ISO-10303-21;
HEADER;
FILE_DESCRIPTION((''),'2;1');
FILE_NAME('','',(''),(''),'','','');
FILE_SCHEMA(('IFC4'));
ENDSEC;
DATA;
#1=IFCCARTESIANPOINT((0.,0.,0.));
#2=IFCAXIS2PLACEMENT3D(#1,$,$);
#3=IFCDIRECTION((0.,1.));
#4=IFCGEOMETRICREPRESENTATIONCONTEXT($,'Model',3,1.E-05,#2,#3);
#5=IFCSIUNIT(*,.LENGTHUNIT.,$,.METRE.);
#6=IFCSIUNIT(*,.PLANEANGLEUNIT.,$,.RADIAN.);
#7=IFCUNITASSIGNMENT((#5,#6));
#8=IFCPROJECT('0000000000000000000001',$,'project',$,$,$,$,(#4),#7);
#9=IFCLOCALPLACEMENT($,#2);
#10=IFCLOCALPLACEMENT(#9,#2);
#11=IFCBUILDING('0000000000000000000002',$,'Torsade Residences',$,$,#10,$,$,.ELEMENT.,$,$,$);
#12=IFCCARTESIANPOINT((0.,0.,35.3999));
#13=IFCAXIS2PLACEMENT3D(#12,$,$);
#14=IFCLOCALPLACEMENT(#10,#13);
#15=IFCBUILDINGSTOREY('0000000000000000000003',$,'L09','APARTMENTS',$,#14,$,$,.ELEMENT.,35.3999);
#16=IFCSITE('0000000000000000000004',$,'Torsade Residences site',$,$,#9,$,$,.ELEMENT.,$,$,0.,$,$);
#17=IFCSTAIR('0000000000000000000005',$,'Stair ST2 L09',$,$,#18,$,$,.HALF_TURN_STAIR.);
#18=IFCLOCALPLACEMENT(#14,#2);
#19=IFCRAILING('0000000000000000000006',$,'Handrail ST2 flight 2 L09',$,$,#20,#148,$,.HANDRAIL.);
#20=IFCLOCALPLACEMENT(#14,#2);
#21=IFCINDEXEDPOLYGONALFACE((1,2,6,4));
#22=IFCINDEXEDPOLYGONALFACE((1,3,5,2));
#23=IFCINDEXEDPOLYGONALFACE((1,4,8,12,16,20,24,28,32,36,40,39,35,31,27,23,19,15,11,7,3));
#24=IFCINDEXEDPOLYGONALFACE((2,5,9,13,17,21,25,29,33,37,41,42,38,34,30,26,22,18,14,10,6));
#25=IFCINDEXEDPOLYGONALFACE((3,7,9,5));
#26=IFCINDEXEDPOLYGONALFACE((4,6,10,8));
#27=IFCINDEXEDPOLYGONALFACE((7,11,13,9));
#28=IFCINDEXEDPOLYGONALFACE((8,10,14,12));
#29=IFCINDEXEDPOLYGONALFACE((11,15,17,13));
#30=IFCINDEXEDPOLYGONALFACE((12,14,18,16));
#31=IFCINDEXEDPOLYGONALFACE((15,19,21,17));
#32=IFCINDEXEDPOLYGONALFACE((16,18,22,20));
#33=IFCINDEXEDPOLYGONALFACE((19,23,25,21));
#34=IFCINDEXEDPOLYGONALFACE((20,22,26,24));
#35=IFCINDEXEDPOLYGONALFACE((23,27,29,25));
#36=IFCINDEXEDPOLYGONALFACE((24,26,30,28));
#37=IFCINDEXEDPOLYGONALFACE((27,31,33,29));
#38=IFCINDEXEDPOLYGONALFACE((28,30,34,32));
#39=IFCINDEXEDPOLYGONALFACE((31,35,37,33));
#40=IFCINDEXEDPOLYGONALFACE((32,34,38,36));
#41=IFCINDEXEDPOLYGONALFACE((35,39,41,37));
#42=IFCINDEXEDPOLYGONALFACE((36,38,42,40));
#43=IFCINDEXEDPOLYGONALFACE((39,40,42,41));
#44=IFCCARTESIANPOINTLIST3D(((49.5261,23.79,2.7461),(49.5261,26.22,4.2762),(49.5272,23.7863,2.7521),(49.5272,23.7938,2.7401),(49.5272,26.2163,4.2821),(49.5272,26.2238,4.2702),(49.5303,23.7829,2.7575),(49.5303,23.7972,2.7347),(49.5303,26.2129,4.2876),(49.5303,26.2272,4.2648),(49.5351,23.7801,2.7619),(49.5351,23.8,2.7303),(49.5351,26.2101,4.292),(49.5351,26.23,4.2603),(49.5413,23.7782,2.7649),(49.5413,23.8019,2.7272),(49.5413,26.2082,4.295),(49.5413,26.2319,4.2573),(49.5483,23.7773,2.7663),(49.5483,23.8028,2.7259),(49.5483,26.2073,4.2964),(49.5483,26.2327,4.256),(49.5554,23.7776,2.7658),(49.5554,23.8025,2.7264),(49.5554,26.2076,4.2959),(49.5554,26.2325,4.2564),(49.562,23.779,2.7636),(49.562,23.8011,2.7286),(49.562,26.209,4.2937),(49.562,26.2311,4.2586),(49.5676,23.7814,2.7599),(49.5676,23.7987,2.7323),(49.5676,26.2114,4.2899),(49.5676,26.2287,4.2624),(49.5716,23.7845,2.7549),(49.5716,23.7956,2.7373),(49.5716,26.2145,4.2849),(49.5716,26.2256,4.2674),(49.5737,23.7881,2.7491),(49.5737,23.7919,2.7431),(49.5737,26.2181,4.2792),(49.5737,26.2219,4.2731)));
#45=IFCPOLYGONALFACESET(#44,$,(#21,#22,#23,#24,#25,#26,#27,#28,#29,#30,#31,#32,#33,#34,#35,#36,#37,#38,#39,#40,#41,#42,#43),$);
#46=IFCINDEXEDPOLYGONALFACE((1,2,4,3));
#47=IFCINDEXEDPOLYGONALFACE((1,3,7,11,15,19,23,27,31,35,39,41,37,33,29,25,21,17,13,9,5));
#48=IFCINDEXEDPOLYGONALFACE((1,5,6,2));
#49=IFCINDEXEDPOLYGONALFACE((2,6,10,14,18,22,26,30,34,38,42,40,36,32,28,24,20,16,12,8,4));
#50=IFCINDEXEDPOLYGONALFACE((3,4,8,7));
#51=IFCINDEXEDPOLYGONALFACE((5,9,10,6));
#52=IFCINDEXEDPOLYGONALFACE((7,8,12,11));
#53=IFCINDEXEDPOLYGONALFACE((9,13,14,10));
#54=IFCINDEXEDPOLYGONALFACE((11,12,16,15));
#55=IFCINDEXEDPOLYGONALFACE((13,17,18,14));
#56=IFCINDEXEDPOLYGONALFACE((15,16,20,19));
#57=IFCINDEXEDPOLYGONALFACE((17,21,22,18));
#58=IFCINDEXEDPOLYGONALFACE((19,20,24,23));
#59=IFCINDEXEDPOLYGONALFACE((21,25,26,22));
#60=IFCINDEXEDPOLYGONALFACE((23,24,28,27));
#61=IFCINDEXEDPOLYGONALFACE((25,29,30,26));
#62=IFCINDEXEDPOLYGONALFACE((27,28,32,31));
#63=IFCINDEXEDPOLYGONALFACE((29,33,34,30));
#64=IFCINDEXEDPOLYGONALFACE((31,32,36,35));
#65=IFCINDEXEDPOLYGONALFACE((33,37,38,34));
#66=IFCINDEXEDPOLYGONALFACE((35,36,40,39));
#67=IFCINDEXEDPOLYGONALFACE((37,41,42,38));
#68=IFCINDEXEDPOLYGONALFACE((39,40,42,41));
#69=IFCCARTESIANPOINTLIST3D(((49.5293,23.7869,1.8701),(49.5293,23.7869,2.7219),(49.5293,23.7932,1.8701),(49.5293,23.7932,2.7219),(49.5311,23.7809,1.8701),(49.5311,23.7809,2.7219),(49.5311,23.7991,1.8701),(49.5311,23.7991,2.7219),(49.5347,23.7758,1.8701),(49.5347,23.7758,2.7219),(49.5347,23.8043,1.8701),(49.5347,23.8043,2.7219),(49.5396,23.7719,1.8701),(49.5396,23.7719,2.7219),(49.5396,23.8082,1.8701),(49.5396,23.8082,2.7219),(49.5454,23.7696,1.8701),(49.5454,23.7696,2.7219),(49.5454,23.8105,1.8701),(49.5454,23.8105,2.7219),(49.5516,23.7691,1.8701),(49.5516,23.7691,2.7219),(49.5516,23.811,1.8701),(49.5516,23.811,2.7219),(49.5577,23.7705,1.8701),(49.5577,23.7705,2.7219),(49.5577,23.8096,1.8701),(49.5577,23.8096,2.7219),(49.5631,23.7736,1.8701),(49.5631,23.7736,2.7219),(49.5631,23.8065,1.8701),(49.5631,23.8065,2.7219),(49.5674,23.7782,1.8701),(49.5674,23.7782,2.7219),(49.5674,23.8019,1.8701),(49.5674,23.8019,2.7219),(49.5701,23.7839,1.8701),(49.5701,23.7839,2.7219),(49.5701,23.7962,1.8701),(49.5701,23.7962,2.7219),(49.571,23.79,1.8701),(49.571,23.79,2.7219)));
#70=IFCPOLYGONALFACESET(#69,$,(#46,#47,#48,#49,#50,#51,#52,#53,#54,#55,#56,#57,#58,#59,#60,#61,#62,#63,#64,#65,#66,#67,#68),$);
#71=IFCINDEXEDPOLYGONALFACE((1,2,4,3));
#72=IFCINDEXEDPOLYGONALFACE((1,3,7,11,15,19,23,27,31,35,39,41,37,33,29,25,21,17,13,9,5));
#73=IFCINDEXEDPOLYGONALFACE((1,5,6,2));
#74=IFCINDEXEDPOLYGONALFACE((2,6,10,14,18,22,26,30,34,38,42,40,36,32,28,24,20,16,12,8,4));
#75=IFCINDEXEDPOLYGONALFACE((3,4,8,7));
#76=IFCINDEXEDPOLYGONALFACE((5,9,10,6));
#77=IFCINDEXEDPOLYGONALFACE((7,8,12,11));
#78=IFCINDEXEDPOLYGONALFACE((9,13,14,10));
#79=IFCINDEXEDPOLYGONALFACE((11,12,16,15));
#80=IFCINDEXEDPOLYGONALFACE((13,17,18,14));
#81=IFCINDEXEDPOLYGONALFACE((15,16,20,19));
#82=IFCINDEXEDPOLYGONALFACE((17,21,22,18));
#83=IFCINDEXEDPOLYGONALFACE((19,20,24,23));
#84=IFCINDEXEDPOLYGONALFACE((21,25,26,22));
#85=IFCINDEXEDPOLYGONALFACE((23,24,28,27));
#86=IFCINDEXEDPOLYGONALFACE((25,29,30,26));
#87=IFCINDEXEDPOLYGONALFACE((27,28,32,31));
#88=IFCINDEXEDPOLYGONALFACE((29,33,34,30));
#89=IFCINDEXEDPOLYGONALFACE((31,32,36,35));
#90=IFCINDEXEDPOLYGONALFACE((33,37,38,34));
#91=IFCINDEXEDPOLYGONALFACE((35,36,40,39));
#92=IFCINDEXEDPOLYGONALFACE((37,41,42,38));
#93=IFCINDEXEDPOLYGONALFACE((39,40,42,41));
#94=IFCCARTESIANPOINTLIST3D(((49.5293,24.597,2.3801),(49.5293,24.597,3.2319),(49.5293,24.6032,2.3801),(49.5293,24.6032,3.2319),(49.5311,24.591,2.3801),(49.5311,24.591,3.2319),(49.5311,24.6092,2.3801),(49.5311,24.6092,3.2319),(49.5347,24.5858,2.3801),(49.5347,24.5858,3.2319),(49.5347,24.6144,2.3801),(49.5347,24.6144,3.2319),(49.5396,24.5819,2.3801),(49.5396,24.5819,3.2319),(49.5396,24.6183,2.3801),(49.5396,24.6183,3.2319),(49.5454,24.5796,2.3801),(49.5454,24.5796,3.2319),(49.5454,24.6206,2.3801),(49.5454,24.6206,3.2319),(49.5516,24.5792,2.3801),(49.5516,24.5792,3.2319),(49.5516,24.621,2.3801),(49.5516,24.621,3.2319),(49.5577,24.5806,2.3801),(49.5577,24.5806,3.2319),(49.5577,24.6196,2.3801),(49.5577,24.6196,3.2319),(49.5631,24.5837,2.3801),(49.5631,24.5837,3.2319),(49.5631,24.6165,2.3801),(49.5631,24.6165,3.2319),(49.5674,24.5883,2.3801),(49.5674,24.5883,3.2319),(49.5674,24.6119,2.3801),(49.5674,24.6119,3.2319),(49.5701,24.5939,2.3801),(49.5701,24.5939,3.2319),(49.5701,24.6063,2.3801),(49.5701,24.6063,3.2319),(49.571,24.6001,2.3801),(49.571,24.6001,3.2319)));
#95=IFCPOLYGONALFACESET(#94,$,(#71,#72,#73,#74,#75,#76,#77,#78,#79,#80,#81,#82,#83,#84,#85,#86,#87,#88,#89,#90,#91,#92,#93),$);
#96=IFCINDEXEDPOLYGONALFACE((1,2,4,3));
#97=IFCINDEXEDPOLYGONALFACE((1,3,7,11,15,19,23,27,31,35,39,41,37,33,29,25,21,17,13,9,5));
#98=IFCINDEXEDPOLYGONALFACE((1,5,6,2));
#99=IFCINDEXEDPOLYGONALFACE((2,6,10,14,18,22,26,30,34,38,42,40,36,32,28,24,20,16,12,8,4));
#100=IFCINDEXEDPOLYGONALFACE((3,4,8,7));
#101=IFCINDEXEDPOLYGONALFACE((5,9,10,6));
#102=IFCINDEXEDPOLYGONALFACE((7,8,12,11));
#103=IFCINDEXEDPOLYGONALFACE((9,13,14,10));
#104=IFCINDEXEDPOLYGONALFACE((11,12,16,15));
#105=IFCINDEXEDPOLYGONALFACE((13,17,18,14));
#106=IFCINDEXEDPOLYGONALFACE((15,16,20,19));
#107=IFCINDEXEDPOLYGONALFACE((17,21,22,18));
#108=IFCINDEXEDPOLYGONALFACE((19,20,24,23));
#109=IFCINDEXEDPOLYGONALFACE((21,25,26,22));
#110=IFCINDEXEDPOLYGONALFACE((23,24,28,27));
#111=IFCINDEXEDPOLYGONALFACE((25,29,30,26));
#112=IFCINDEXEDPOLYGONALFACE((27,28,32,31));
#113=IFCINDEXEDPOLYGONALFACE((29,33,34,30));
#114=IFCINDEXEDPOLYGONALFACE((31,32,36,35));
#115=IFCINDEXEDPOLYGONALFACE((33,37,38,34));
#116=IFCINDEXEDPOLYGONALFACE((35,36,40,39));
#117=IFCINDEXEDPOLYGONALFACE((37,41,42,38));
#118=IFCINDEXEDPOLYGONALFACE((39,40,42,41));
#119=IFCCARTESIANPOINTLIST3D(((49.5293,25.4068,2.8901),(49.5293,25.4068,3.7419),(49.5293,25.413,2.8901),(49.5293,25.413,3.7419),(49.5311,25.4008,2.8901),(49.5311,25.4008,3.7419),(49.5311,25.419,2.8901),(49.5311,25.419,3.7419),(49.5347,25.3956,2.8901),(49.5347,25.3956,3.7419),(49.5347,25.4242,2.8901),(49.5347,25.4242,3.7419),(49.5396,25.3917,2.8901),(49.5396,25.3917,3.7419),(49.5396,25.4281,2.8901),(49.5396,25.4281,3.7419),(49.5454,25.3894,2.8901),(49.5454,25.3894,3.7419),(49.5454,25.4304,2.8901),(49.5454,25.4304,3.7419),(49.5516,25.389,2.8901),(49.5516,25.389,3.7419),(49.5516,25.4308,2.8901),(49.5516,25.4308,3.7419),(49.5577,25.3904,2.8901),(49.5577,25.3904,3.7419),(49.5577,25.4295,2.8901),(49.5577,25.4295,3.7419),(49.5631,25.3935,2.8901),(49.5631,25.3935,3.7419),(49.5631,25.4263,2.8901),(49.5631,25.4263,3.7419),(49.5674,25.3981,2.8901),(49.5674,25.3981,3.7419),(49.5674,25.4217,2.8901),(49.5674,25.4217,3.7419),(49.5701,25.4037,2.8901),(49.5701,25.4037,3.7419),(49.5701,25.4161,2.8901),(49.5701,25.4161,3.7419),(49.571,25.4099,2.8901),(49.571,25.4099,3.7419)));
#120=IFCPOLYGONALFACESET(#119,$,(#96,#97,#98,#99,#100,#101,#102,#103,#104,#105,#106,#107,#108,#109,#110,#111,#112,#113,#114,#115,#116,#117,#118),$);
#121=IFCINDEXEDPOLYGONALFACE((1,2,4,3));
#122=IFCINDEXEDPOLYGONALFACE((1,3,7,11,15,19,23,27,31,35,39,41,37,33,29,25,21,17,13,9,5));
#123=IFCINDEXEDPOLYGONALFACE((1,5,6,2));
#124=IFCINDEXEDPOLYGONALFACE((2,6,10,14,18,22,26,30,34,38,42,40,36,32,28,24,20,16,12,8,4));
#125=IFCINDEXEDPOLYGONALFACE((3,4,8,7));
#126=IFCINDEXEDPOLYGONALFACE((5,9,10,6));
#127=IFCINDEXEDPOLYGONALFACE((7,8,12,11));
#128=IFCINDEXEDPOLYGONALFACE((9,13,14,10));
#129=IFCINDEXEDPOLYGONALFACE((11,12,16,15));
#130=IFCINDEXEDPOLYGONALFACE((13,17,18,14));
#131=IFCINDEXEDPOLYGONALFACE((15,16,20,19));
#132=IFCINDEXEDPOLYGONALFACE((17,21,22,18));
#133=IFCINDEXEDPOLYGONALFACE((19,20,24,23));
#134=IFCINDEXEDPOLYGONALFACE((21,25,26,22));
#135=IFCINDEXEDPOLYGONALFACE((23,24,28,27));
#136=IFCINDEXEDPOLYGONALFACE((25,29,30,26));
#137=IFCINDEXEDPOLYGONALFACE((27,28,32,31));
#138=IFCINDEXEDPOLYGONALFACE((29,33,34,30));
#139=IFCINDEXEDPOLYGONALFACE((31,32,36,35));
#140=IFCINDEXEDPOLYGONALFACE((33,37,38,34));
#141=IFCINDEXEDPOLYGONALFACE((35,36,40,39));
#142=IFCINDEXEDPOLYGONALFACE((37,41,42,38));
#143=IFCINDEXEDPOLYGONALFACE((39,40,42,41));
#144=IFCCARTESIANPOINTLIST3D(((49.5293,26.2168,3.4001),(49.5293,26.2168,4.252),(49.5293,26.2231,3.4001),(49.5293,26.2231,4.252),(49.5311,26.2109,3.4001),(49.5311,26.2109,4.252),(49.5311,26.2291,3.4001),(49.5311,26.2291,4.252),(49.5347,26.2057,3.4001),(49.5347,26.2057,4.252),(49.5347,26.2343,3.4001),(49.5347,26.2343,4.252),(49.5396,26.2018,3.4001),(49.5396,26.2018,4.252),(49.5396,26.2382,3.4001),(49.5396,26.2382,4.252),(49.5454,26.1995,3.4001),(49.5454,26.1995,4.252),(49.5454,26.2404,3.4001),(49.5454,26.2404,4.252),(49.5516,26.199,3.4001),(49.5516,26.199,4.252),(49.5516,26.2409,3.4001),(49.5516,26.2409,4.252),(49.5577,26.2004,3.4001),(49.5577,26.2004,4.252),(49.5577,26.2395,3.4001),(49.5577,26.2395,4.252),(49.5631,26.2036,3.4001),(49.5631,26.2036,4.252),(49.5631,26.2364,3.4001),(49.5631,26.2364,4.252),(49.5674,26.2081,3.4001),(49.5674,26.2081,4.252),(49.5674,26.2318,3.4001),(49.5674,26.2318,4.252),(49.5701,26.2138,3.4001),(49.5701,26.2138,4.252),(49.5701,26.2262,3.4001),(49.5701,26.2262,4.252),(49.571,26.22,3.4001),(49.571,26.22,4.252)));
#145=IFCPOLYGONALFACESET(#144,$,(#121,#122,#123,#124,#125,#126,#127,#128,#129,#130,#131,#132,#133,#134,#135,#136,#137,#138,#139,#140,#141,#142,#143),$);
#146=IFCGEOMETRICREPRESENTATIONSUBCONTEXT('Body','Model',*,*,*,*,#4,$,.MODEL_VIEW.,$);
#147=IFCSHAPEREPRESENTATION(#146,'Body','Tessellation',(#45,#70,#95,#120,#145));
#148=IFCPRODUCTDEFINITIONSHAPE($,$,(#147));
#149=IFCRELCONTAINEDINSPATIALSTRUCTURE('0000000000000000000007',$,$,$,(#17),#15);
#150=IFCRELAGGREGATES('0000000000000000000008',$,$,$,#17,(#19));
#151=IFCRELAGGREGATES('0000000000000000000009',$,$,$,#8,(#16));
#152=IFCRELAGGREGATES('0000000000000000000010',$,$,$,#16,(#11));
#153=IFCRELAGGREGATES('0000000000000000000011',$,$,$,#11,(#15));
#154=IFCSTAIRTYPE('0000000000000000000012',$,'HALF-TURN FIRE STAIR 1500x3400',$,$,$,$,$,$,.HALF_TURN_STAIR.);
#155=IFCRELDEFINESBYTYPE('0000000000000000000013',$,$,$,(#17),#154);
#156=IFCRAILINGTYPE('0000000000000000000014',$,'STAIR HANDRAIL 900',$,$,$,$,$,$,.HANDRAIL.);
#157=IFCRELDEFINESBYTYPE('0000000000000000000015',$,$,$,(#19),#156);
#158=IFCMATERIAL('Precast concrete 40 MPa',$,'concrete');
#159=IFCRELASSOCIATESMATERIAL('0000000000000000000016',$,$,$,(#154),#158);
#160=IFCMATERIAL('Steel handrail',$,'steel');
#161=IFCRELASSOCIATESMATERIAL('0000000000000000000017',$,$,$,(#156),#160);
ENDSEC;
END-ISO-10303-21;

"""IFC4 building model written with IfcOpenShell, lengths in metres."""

from ifc_helpers import new_model, si_unit, direction, frame, origin, origin_2d, place, context, subcontext, project, spatial, circle, extrude, material, type_object, element, aggregate, save


model = new_model("IFC4")

# Units and contexts
model_context = context("Model", 3, precision=1e-05, world=origin(), true_north=direction((0.0, 1.0)))
body_context = subcontext(model_context, "Body", "Model", "MODEL_VIEW")
ifc_project = project(units=[si_unit("LENGTHUNIT", "METRE"), si_unit("PLANEANGLEUNIT", "RADIAN")], contexts=[model_context])

# Site, building, storey
site_placement = place(None, origin())
site = spatial("IfcSite", under=ifc_project, at=site_placement, Name="Torsade Residences site", CompositionType="ELEMENT", RefElevation=0.0)
building_placement = place(site_placement, origin())
building = spatial("IfcBuilding", under=site, at=building_placement, Name="Torsade Residences", CompositionType="ELEMENT")
storey_placement = place(building_placement, frame((0.0, 0.0, 35.3999)))
storey = spatial("IfcBuildingStorey", under=building, at=storey_placement, Name="L09", Description="APARTMENTS", CompositionType="ELEMENT", Elevation=35.3999)

# Stair, railing
ifc_material_1 = material(Name="Precast concrete 40 MPa", Category="concrete")
stair_type = type_object("IfcStairType", Name="HALF-TURN FIRE STAIR 1500x3400", PredefinedType="HALF_TURN_STAIR", material=ifc_material_1)
stair_placement = place(storey_placement, origin())
stair = element("IfcStair", 1, at=stair_placement, inside=storey, type_object=stair_type, Name="Stair ST2 L09", PredefinedType="HALF_TURN_STAIR")
ifc_material_2 = material(Name="Steel handrail", Category="steel")
railing_type = type_object("IfcRailingType", Name="STAIR HANDRAIL 900", PredefinedType="HANDRAIL", material=ifc_material_2)
railing_1_placement = place(storey_placement, frame((49.55, 23.79, 1.8701)))
railing_1 = element("IfcRailing", 2, at=railing_1_placement, type_object=railing_type, Name="Handrail ST2 flight 2 L09", PredefinedType="HANDRAIL", context=body_context, shape_type="SweptSolid", body=[
    extrude(circle(Radius=0.0239, at=origin_2d()), frame((0.0, 0.0, 0.876), z_axis=(0.0, 0.846221, 0.532831), x_axis=(-1.0, 0.0, 0.0)), (0.0, 0.0, 1.0), 2.8716),
    extrude(circle(Radius=0.021, at=origin_2d()), origin(), (0.0, 0.0, 1.0), 0.8518),
    extrude(circle(Radius=0.021, at=origin_2d()), frame((0.0, 0.8101, 0.51)), (0.0, 0.0, 1.0), 0.8518),
    extrude(circle(Radius=0.021, at=origin_2d()), frame((0.0, 1.6199, 1.02)), (0.0, 0.0, 1.0), 0.8518),
    extrude(circle(Radius=0.021, at=origin_2d()), frame((0.0, 2.4299, 1.53)), (0.0, 0.0, 1.0), 0.8518),
])
aggregate(stair, [railing_1])

save(model, "model.ifc")
